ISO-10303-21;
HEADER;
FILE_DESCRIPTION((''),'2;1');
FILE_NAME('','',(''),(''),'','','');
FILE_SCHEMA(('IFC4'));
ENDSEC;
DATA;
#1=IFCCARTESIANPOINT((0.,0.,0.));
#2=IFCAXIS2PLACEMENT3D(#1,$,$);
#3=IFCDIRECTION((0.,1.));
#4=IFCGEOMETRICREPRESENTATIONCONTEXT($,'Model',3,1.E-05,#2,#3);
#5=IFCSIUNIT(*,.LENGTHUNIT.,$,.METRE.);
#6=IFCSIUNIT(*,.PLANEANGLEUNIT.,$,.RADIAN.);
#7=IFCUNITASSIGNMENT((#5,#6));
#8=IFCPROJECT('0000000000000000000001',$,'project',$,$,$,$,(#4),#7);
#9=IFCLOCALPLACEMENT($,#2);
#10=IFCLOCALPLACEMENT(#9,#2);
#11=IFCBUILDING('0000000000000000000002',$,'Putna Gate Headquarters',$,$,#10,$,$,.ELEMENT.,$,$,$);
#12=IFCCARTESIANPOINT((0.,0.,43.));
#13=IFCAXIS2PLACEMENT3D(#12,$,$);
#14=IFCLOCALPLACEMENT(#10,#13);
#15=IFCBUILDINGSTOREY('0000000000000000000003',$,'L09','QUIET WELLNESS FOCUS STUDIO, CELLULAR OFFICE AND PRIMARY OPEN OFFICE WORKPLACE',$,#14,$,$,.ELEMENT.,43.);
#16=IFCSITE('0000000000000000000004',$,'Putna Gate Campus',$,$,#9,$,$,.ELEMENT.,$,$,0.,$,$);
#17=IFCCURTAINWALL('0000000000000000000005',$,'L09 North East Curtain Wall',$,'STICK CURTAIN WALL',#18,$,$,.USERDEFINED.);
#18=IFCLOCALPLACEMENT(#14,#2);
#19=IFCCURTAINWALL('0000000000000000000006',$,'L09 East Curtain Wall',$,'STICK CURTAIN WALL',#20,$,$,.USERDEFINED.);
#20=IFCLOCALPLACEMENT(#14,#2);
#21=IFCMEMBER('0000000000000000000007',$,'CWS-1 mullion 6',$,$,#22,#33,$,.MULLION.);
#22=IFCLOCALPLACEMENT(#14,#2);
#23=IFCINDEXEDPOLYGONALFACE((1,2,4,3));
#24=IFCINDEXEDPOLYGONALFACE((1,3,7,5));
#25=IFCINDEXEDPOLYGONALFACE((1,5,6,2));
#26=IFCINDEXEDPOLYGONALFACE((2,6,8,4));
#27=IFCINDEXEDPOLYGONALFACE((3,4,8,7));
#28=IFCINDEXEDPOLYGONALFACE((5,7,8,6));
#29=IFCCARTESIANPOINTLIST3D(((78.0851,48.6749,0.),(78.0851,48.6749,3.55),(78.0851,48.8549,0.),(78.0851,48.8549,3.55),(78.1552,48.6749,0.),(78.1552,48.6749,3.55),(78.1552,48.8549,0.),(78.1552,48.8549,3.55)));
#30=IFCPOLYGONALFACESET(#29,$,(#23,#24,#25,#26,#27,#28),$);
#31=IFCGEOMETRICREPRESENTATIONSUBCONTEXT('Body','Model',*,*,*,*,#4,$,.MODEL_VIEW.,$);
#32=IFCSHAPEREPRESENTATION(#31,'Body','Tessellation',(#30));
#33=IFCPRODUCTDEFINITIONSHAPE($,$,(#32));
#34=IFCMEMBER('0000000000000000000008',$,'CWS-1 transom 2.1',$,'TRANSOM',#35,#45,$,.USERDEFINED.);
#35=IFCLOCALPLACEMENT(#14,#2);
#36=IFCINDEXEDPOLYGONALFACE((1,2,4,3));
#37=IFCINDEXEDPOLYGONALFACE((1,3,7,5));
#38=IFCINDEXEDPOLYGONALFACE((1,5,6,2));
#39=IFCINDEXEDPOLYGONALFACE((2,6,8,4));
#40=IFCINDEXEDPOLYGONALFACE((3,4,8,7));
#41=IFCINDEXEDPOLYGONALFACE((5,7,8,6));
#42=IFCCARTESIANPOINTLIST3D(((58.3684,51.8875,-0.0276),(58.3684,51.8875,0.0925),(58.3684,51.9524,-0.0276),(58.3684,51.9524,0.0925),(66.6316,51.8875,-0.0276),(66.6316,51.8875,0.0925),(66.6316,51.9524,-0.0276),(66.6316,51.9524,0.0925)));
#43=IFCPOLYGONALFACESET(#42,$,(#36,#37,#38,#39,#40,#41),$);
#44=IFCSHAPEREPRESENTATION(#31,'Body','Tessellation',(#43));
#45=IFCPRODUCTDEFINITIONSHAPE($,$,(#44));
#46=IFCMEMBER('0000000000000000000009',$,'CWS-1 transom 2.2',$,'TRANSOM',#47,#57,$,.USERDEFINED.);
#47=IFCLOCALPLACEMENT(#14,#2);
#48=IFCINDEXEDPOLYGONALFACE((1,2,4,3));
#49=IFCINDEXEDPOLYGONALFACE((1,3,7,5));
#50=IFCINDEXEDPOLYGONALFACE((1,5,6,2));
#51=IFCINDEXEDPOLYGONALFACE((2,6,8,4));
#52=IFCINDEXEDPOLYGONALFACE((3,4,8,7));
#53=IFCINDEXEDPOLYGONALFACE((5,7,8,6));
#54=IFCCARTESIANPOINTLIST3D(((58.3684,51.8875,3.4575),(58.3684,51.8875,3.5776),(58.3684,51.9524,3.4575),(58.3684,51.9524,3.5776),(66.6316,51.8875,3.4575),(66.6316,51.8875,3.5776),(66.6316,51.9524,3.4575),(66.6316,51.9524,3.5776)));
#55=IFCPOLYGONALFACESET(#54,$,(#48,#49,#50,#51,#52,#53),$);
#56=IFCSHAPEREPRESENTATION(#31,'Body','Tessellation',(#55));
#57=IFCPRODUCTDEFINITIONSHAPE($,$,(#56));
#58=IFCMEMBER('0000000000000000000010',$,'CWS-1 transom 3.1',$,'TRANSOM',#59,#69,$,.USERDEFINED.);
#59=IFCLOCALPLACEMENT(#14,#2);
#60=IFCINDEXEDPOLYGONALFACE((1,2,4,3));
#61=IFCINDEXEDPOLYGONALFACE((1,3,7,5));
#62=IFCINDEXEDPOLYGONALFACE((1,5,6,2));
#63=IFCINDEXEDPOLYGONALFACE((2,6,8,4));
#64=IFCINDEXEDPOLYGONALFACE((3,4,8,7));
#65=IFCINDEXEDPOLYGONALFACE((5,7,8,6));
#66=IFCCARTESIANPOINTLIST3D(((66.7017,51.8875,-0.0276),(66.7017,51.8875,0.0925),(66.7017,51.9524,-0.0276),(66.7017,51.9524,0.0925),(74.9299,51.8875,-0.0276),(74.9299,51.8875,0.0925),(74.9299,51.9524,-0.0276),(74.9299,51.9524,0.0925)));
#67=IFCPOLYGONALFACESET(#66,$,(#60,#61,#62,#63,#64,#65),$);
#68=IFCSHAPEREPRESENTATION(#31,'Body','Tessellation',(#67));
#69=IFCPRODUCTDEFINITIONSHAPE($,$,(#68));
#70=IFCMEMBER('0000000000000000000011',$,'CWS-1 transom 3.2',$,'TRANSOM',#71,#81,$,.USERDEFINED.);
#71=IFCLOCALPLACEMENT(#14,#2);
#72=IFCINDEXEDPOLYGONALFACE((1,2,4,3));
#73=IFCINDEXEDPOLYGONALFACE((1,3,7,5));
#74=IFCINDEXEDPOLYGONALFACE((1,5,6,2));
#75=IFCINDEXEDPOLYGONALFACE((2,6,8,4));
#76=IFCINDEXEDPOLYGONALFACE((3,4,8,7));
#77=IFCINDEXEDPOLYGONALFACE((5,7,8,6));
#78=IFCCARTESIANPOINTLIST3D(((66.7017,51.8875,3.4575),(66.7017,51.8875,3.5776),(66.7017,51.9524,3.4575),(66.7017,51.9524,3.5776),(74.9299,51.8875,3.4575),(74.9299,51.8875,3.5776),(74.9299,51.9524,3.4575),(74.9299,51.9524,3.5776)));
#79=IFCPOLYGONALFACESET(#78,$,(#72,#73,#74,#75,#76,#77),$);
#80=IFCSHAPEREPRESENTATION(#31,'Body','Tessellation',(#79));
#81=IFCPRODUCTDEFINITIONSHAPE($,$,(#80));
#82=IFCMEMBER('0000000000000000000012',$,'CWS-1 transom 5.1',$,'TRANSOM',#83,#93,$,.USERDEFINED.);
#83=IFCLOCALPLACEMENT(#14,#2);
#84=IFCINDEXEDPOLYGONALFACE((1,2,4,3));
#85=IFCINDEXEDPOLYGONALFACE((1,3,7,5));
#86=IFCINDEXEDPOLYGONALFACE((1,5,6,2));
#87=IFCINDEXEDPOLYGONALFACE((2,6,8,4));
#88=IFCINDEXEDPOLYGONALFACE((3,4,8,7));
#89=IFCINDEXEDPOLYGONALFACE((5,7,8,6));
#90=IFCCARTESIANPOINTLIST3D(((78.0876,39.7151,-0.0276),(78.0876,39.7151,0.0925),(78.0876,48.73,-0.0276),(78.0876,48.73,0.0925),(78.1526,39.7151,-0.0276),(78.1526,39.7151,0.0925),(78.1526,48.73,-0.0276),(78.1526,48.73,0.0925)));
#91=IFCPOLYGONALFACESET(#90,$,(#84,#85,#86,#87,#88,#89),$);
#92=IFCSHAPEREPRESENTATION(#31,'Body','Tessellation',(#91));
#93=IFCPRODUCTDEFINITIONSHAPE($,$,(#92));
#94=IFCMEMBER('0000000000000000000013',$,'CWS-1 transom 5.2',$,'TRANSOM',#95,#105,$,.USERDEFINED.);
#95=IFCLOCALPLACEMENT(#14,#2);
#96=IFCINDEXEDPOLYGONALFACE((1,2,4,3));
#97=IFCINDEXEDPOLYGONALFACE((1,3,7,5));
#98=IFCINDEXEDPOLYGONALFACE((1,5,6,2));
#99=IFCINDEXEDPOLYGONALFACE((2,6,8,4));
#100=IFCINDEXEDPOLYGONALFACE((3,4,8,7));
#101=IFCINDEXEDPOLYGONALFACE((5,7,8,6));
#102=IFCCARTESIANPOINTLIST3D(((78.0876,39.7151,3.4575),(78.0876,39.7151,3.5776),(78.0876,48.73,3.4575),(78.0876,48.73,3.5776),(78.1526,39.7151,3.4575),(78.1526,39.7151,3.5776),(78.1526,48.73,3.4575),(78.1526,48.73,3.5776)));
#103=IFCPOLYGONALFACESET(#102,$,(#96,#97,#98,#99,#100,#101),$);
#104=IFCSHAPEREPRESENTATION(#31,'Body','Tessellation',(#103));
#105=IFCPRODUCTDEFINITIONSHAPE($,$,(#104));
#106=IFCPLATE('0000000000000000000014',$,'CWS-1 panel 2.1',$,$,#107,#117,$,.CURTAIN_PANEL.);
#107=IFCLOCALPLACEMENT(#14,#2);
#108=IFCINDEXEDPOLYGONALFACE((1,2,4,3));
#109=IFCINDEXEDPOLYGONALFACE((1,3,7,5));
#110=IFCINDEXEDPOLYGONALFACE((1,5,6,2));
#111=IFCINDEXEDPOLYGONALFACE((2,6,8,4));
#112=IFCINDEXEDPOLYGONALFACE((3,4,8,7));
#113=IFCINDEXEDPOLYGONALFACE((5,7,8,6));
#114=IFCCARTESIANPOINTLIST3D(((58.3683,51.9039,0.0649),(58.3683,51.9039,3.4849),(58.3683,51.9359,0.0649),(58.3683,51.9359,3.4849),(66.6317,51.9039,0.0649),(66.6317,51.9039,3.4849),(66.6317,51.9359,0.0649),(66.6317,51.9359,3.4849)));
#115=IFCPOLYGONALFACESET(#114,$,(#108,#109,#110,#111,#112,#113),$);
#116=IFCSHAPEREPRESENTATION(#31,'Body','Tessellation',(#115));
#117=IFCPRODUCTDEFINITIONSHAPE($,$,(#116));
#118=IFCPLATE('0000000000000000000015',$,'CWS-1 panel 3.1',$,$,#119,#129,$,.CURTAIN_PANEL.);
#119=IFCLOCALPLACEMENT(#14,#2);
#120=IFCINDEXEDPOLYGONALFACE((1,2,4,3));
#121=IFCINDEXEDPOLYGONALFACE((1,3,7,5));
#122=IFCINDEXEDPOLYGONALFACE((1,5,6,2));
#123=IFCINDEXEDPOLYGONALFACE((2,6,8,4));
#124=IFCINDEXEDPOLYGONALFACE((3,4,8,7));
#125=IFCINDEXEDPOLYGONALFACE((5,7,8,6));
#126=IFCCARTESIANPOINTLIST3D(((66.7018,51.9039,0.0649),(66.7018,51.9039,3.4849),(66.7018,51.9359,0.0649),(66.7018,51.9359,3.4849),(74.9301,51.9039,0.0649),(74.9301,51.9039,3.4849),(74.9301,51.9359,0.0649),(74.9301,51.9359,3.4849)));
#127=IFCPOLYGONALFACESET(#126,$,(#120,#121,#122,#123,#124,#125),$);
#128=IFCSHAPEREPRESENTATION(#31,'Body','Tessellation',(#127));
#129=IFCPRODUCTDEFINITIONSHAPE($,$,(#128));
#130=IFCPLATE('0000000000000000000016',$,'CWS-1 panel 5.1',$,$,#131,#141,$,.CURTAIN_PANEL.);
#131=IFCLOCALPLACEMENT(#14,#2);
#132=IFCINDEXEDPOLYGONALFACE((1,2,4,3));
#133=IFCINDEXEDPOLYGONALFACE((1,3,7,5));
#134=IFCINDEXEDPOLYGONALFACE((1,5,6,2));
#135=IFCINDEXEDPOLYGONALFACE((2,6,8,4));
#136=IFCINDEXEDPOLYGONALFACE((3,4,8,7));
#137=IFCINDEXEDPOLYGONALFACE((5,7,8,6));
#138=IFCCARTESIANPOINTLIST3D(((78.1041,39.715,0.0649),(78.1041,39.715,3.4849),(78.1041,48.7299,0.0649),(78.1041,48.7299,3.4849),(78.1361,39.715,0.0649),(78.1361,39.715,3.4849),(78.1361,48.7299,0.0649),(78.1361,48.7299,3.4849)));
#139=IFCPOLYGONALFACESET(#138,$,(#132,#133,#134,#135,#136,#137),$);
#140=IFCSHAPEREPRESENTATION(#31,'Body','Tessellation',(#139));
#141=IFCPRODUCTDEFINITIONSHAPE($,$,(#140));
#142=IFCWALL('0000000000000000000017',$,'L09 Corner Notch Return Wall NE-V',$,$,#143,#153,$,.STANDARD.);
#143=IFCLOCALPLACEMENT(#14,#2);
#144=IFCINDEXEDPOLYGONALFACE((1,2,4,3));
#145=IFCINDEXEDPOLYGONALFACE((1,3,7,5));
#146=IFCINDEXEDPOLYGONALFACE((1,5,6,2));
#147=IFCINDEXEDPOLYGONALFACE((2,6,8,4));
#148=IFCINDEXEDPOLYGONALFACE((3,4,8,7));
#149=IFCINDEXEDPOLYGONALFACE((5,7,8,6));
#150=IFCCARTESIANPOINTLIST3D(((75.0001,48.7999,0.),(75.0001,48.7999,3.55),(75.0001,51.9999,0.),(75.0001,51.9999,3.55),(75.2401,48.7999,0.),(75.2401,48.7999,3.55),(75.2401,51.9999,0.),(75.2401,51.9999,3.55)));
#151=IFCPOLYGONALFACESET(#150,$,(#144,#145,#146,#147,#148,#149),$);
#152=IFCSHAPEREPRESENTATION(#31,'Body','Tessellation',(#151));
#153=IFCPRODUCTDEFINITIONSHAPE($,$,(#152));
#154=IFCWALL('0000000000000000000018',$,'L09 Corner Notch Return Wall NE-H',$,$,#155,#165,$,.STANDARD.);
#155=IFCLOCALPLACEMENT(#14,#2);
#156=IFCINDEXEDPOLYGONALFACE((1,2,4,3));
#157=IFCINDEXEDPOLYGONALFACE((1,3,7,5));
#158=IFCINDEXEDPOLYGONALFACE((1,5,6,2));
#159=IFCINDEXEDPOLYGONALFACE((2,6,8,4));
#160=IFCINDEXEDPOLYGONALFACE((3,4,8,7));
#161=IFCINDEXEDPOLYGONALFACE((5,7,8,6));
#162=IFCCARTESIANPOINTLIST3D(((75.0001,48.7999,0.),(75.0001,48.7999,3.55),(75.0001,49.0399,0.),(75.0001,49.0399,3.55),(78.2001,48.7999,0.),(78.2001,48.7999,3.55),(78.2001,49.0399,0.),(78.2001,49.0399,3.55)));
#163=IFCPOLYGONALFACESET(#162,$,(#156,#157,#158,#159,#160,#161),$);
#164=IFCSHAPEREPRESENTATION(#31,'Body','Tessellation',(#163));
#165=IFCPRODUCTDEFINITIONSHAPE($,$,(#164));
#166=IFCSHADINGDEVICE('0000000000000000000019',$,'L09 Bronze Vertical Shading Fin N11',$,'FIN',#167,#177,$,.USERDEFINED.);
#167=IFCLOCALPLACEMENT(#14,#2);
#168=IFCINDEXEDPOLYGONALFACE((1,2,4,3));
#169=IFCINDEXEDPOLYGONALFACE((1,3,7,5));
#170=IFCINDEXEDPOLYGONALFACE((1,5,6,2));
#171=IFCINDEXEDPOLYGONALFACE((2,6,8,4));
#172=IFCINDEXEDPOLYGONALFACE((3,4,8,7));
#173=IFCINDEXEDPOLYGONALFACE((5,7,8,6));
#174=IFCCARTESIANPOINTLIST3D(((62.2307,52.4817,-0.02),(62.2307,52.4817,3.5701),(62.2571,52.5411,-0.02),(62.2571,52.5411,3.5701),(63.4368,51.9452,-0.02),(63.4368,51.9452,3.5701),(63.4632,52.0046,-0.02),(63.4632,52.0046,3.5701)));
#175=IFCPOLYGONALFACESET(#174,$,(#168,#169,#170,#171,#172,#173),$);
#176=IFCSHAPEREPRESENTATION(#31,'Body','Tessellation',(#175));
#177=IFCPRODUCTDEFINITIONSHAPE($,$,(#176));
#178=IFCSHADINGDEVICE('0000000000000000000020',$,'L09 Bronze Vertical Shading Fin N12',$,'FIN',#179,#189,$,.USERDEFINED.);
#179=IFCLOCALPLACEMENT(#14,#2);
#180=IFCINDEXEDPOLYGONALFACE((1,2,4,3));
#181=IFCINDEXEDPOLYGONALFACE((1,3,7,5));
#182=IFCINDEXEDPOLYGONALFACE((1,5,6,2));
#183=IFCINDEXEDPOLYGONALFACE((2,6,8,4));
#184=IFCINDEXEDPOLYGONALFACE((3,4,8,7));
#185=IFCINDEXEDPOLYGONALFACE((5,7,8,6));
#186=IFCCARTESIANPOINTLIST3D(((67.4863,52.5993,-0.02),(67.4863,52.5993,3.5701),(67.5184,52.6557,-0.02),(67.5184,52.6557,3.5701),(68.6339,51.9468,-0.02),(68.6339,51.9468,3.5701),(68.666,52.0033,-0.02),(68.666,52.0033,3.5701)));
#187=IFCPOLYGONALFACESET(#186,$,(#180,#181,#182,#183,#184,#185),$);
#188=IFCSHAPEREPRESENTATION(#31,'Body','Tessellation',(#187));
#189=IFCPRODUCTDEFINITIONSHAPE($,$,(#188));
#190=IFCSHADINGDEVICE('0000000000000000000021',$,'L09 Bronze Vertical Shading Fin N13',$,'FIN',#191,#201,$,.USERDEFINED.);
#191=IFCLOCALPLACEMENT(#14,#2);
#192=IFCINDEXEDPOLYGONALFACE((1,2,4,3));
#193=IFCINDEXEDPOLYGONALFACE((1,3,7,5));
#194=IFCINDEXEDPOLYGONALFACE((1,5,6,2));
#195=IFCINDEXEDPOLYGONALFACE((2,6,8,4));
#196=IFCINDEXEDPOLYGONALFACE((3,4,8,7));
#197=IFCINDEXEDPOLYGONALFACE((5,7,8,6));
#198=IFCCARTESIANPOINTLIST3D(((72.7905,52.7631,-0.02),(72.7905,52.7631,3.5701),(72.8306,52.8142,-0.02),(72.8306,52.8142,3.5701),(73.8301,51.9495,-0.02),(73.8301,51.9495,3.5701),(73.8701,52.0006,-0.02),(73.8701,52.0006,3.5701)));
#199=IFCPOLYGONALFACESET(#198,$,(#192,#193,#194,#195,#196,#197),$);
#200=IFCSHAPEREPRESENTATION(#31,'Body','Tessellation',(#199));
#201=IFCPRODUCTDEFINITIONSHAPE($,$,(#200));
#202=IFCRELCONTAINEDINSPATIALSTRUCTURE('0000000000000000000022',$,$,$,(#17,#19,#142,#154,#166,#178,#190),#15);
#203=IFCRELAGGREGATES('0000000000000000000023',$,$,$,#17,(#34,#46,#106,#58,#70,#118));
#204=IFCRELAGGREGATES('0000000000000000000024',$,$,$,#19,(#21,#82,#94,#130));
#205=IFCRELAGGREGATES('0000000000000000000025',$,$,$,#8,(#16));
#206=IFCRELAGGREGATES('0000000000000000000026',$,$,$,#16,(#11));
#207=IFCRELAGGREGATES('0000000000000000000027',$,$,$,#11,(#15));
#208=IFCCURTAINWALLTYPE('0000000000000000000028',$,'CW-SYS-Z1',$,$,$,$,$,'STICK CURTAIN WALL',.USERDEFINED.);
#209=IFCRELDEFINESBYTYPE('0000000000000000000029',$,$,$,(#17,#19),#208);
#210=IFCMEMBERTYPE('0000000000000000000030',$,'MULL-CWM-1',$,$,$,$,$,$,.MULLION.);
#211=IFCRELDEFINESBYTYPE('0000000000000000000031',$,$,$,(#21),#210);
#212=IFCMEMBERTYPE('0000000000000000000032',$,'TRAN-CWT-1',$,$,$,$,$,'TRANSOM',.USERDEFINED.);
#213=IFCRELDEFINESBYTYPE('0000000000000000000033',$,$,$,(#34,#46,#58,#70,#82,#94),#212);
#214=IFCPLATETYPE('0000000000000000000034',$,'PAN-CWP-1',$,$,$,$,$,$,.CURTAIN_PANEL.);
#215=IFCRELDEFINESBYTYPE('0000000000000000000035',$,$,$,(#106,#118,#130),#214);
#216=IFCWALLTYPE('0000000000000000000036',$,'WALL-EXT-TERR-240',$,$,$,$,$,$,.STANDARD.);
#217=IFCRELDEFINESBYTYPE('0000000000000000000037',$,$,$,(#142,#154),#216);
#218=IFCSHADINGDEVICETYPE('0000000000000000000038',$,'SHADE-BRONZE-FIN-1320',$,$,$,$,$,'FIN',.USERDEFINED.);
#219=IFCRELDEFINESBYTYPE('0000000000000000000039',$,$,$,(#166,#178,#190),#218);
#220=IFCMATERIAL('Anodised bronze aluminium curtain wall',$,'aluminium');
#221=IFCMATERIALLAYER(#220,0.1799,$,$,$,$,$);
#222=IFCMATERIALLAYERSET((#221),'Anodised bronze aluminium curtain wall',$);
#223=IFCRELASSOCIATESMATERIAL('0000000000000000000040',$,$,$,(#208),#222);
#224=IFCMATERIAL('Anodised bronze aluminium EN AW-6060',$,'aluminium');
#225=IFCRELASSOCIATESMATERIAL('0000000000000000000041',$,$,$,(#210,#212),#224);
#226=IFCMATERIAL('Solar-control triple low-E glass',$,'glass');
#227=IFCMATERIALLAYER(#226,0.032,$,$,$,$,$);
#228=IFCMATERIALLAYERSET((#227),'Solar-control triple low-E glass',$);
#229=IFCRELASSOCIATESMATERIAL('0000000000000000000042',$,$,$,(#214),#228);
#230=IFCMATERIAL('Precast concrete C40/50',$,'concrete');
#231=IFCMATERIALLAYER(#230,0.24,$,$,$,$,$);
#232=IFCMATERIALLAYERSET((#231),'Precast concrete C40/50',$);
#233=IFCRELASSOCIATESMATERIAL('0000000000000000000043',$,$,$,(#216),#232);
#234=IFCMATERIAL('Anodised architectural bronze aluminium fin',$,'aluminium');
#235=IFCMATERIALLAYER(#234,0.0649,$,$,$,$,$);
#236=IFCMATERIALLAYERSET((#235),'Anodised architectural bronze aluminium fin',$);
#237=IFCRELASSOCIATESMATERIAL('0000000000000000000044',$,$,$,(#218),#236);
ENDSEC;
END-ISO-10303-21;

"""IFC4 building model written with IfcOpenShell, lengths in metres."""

from ifc_helpers import new_model, si_unit, direction, frame, frame_2d, origin, origin_2d, place, context, subcontext, project, spatial, rectangle, extrude, material, layer, layer_set, material_profile, profile_set, type_object, element, aggregate, save


model = new_model("IFC4")

# Units and contexts
model_context = context("Model", 3, precision=1e-05, world=origin(), true_north=direction((0.0, 1.0)))
body_context = subcontext(model_context, "Body", "Model", "MODEL_VIEW")
ifc_project = project(units=[si_unit("LENGTHUNIT", "METRE"), si_unit("PLANEANGLEUNIT", "RADIAN")], contexts=[model_context])

# Site, building, storey
site_placement = place(None, origin())
site = spatial("IfcSite", under=ifc_project, at=site_placement, Name="Putna Gate Campus", CompositionType="ELEMENT", RefElevation=0.0)
building_placement = place(site_placement, origin())
building = spatial("IfcBuilding", under=site, at=building_placement, Name="Putna Gate Headquarters", CompositionType="ELEMENT")
storey_placement = place(building_placement, frame((0.0, 0.0, 43.0)))
storey = spatial("IfcBuildingStorey", under=building, at=storey_placement, Name="L09", Description="QUIET WELLNESS FOCUS STUDIO, CELLULAR OFFICE AND PRIMARY OPEN OFFICE WORKPLACE", CompositionType="ELEMENT", Elevation=43.0)

# Curtain wall
ifc_material_1 = material(Name="Anodised bronze aluminium curtain wall", Category="aluminium")
ifc_layer_1 = layer(ifc_material_1, 0.1799)
ifc_layer_set_1 = layer_set([ifc_layer_1], Name="Anodised bronze aluminium curtain wall")
curtain_wall_type = type_object("IfcCurtainWallType", Name="CW-SYS-Z1", ElementType="STICK CURTAIN WALL", PredefinedType="USERDEFINED", material=ifc_layer_set_1)
curtain_wall_1_placement = place(storey_placement, origin())
curtain_wall_1 = element("IfcCurtainWall", 1, at=curtain_wall_1_placement, inside=storey, type_object=curtain_wall_type, Name="L09 North East Curtain Wall", ObjectType="STICK CURTAIN WALL", PredefinedType="USERDEFINED")
ifc_material_2 = material(Name="Anodised bronze aluminium EN AW-6060", Category="aluminium")
ifc_material_profile_1 = material_profile(ifc_material_2, rectangle(XDim=0.0701, YDim=0.1799, at=origin_2d()), Name="Anodised bronze aluminium EN AW-6060")
ifc_profile_set_1 = profile_set([ifc_material_profile_1], Name="Anodised bronze aluminium EN AW-6060")
member_type_1 = type_object("IfcMemberType", Name="MULL-CWM-1", PredefinedType="MULLION", material=ifc_profile_set_1)

# Curtain wall, member
curtain_wall_2_placement = place(storey_placement, origin())
curtain_wall_2 = element("IfcCurtainWall", 2, at=curtain_wall_2_placement, inside=storey, type_object=curtain_wall_type, Name="L09 East Curtain Wall", ObjectType="STICK CURTAIN WALL", PredefinedType="USERDEFINED")
member_1_placement = place(storey_placement, frame((78.1201, 48.7649, 0.0), z_axis=(0.0, 0.0, 1.0), x_axis=(-1.0, 0.0, 0.0)))
member_1 = element("IfcMember", 3, at=member_1_placement, type_object=member_type_1, Name="CWS-1 mullion 6", PredefinedType="MULLION", context=body_context, shape_type="SweptSolid", body=[
    extrude(rectangle(XDim=0.0701, YDim=0.1799, at=origin_2d()), origin(), (0.0, 0.0, 1.0), 3.55),
])

# Members
ifc_material_profile_2 = material_profile(ifc_material_2, rectangle(XDim=0.0649, YDim=0.1201, at=origin_2d()), Name="Anodised bronze aluminium EN AW-6060")
ifc_profile_set_2 = profile_set([ifc_material_profile_2], Name="Anodised bronze aluminium EN AW-6060")
member_type_2 = type_object("IfcMemberType", Name="TRAN-CWT-1", ElementType="TRANSOM", PredefinedType="USERDEFINED", material=ifc_profile_set_2)
member_2_placement = place(storey_placement, frame((58.3684, 51.9199, 0.0325), z_axis=(1.0, 0.0, 0.0), x_axis=(0.0, 1.0, 0.0)))
member_2 = element("IfcMember", 4, at=member_2_placement, type_object=member_type_2, Name="CWS-1 transom 2.1", ObjectType="TRANSOM", PredefinedType="USERDEFINED", context=body_context, shape_type="SweptSolid", body=[
    extrude(rectangle(XDim=0.0649, YDim=0.1201, at=origin_2d()), origin(), (0.0, 0.0, 1.0), 8.2632),
])
member_3_placement = place(storey_placement, frame((58.3684, 51.9199, 3.5176), z_axis=(1.0, 0.0, 0.0), x_axis=(0.0, 1.0, 0.0)))
member_3 = element("IfcMember", 5, at=member_3_placement, type_object=member_type_2, Name="CWS-1 transom 2.2", ObjectType="TRANSOM", PredefinedType="USERDEFINED", context=body_context, shape_type="SweptSolid", body=[
    extrude(rectangle(XDim=0.0649, YDim=0.1201, at=origin_2d()), origin(), (0.0, 0.0, 1.0), 8.2632),
])
member_4_placement = place(storey_placement, frame((66.7017, 51.9199, 0.0325), z_axis=(1.0, 0.0, 0.0), x_axis=(0.0, 1.0, 0.0)))
member_4 = element("IfcMember", 6, at=member_4_placement, type_object=member_type_2, Name="CWS-1 transom 3.1", ObjectType="TRANSOM", PredefinedType="USERDEFINED", context=body_context, shape_type="SweptSolid", body=[
    extrude(rectangle(XDim=0.0649, YDim=0.1201, at=origin_2d()), origin(), (0.0, 0.0, 1.0), 8.2283),
])
member_5_placement = place(storey_placement, frame((66.7017, 51.9199, 3.5176), z_axis=(1.0, 0.0, 0.0), x_axis=(0.0, 1.0, 0.0)))
member_5 = element("IfcMember", 7, at=member_5_placement, type_object=member_type_2, Name="CWS-1 transom 3.2", ObjectType="TRANSOM", PredefinedType="USERDEFINED", context=body_context, shape_type="SweptSolid", body=[
    extrude(rectangle(XDim=0.0649, YDim=0.1201, at=origin_2d()), origin(), (0.0, 0.0, 1.0), 8.2283),
])
member_6_placement = place(storey_placement, frame((78.1201, 39.7151, 0.0325), z_axis=(0.0, 1.0, 0.0), x_axis=(-1.0, 0.0, 0.0)))
member_6 = element("IfcMember", 8, at=member_6_placement, type_object=member_type_2, Name="CWS-1 transom 5.1", ObjectType="TRANSOM", PredefinedType="USERDEFINED", context=body_context, shape_type="SweptSolid", body=[
    extrude(rectangle(XDim=0.0649, YDim=0.1201, at=origin_2d()), origin(), (0.0, 0.0, 1.0), 9.0149),
])
member_7_placement = place(storey_placement, frame((78.1201, 39.7151, 3.5176), z_axis=(0.0, 1.0, 0.0), x_axis=(-1.0, 0.0, 0.0)))
member_7 = element("IfcMember", 9, at=member_7_placement, type_object=member_type_2, Name="CWS-1 transom 5.2", ObjectType="TRANSOM", PredefinedType="USERDEFINED", context=body_context, shape_type="SweptSolid", body=[
    extrude(rectangle(XDim=0.0649, YDim=0.1201, at=origin_2d()), origin(), (0.0, 0.0, 1.0), 9.0149),
])

# Plates
ifc_material_3 = material(Name="Solar-control triple low-E glass", Category="glass")
ifc_layer_2 = layer(ifc_material_3, 0.032)
ifc_layer_set_2 = layer_set([ifc_layer_2], Name="Solar-control triple low-E glass")
plate_type = type_object("IfcPlateType", Name="PAN-CWP-1", PredefinedType="CURTAIN_PANEL", material=ifc_layer_set_2)
plate_1_placement = place(storey_placement, frame((62.5, 51.9199, 0.0649), z_axis=(0.0, 0.0, 1.0), x_axis=(1.0, 0.0, 0.0)))
plate_1 = element("IfcPlate", 10, at=plate_1_placement, type_object=plate_type, Name="CWS-1 panel 2.1", PredefinedType="CURTAIN_PANEL", context=body_context, shape_type="SweptSolid", body=[
    extrude(rectangle(XDim=8.2634, YDim=0.032, at=origin_2d()), origin(), (0.0, 0.0, 1.0), 3.4199),
])
plate_2_placement = place(storey_placement, frame((70.8159, 51.9199, 0.0649), z_axis=(0.0, 0.0, 1.0), x_axis=(1.0, 0.0, 0.0)))
plate_2 = element("IfcPlate", 11, at=plate_2_placement, type_object=plate_type, Name="CWS-1 panel 3.1", PredefinedType="CURTAIN_PANEL", context=body_context, shape_type="SweptSolid", body=[
    extrude(rectangle(XDim=8.2283, YDim=0.032, at=origin_2d()), origin(), (0.0, 0.0, 1.0), 3.4199),
])
aggregate(curtain_wall_1, [member_2, member_3, plate_1, member_4, member_5, plate_2])
plate_3_placement = place(storey_placement, frame((78.1201, 44.2224, 0.0649), z_axis=(0.0, 0.0, 1.0), x_axis=(0.0, 1.0, 0.0)))
plate_3 = element("IfcPlate", 12, at=plate_3_placement, type_object=plate_type, Name="CWS-1 panel 5.1", PredefinedType="CURTAIN_PANEL", context=body_context, shape_type="SweptSolid", body=[
    extrude(rectangle(XDim=9.0149, YDim=0.032, at=origin_2d()), origin(), (0.0, 0.0, 1.0), 3.4199),
])
aggregate(curtain_wall_2, [member_1, member_6, member_7, plate_3])

# Walls
ifc_material_4 = material(Name="Precast concrete C40/50", Category="concrete")
ifc_layer_3 = layer(ifc_material_4, 0.24)
ifc_layer_set_3 = layer_set([ifc_layer_3], Name="Precast concrete C40/50")
wall_type = type_object("IfcWallType", Name="WALL-EXT-TERR-240", PredefinedType="STANDARD", material=ifc_layer_set_3)
for number, where, z_axis, x_axis, name in (
    (13, (75.1201, 52.0, 0.0), (0.0, 0.0, 1.0), (0.0, -1.0, 0.0), "L09 Corner Notch Return Wall NE-V"),
    (14, (75.0, 48.9199, 0.0), (0.0, 0.0, 1.0), (1.0, 0.0, 0.0), "L09 Corner Notch Return Wall NE-H"),
):
    element("IfcWall", number, at=place(storey_placement, frame(where, z_axis=z_axis, x_axis=x_axis)), inside=storey, type_object=wall_type, Name=name, PredefinedType="STANDARD", context=body_context, shape_type="SweptSolid", body=[
        extrude(rectangle(XDim=3.2, YDim=0.24, at=frame_2d((1.6001, 0.0))), origin(), (0.0, 0.0, 1.0), 3.55),
    ])

# Shading devices
ifc_material_5 = material(Name="Anodised architectural bronze aluminium fin", Category="aluminium")
ifc_layer_4 = layer(ifc_material_5, 0.0649)
ifc_layer_set_4 = layer_set([ifc_layer_4], Name="Anodised architectural bronze aluminium fin")
shading_device_type = type_object("IfcShadingDeviceType", Name="SHADE-BRONZE-FIN-1320", ElementType="FIN", PredefinedType="USERDEFINED", material=ifc_layer_set_4)
for number, where, z_axis, x_axis, name in (
    (15, (62.8469, 52.2432, -0.02), (0.0, 0.0, 1.0), (-0.913687, 0.406418, 0.0), "L09 Bronze Vertical Shading Fin N11"),
    (16, (68.0762, 52.3013, -0.02), (0.0, 0.0, 1.0), (-0.869322, 0.494245, 0.0), "L09 Bronze Vertical Shading Fin N12"),
    (17, (73.3303, 52.3818, -0.02), (0.0, 0.0, 1.0), (-0.787473, 0.616349, 0.0), "L09 Bronze Vertical Shading Fin N13"),
):
    element("IfcShadingDevice", number, at=place(storey_placement, frame(where, z_axis=z_axis, x_axis=x_axis)), inside=storey, type_object=shading_device_type, Name=name, ObjectType="FIN", PredefinedType="USERDEFINED", context=body_context, shape_type="SweptSolid", body=[
        extrude(rectangle(XDim=1.3201, YDim=0.0649, at=origin_2d()), origin(), (0.0, 0.0, 1.0), 3.5901),
    ])

save(model, "model.ifc")
